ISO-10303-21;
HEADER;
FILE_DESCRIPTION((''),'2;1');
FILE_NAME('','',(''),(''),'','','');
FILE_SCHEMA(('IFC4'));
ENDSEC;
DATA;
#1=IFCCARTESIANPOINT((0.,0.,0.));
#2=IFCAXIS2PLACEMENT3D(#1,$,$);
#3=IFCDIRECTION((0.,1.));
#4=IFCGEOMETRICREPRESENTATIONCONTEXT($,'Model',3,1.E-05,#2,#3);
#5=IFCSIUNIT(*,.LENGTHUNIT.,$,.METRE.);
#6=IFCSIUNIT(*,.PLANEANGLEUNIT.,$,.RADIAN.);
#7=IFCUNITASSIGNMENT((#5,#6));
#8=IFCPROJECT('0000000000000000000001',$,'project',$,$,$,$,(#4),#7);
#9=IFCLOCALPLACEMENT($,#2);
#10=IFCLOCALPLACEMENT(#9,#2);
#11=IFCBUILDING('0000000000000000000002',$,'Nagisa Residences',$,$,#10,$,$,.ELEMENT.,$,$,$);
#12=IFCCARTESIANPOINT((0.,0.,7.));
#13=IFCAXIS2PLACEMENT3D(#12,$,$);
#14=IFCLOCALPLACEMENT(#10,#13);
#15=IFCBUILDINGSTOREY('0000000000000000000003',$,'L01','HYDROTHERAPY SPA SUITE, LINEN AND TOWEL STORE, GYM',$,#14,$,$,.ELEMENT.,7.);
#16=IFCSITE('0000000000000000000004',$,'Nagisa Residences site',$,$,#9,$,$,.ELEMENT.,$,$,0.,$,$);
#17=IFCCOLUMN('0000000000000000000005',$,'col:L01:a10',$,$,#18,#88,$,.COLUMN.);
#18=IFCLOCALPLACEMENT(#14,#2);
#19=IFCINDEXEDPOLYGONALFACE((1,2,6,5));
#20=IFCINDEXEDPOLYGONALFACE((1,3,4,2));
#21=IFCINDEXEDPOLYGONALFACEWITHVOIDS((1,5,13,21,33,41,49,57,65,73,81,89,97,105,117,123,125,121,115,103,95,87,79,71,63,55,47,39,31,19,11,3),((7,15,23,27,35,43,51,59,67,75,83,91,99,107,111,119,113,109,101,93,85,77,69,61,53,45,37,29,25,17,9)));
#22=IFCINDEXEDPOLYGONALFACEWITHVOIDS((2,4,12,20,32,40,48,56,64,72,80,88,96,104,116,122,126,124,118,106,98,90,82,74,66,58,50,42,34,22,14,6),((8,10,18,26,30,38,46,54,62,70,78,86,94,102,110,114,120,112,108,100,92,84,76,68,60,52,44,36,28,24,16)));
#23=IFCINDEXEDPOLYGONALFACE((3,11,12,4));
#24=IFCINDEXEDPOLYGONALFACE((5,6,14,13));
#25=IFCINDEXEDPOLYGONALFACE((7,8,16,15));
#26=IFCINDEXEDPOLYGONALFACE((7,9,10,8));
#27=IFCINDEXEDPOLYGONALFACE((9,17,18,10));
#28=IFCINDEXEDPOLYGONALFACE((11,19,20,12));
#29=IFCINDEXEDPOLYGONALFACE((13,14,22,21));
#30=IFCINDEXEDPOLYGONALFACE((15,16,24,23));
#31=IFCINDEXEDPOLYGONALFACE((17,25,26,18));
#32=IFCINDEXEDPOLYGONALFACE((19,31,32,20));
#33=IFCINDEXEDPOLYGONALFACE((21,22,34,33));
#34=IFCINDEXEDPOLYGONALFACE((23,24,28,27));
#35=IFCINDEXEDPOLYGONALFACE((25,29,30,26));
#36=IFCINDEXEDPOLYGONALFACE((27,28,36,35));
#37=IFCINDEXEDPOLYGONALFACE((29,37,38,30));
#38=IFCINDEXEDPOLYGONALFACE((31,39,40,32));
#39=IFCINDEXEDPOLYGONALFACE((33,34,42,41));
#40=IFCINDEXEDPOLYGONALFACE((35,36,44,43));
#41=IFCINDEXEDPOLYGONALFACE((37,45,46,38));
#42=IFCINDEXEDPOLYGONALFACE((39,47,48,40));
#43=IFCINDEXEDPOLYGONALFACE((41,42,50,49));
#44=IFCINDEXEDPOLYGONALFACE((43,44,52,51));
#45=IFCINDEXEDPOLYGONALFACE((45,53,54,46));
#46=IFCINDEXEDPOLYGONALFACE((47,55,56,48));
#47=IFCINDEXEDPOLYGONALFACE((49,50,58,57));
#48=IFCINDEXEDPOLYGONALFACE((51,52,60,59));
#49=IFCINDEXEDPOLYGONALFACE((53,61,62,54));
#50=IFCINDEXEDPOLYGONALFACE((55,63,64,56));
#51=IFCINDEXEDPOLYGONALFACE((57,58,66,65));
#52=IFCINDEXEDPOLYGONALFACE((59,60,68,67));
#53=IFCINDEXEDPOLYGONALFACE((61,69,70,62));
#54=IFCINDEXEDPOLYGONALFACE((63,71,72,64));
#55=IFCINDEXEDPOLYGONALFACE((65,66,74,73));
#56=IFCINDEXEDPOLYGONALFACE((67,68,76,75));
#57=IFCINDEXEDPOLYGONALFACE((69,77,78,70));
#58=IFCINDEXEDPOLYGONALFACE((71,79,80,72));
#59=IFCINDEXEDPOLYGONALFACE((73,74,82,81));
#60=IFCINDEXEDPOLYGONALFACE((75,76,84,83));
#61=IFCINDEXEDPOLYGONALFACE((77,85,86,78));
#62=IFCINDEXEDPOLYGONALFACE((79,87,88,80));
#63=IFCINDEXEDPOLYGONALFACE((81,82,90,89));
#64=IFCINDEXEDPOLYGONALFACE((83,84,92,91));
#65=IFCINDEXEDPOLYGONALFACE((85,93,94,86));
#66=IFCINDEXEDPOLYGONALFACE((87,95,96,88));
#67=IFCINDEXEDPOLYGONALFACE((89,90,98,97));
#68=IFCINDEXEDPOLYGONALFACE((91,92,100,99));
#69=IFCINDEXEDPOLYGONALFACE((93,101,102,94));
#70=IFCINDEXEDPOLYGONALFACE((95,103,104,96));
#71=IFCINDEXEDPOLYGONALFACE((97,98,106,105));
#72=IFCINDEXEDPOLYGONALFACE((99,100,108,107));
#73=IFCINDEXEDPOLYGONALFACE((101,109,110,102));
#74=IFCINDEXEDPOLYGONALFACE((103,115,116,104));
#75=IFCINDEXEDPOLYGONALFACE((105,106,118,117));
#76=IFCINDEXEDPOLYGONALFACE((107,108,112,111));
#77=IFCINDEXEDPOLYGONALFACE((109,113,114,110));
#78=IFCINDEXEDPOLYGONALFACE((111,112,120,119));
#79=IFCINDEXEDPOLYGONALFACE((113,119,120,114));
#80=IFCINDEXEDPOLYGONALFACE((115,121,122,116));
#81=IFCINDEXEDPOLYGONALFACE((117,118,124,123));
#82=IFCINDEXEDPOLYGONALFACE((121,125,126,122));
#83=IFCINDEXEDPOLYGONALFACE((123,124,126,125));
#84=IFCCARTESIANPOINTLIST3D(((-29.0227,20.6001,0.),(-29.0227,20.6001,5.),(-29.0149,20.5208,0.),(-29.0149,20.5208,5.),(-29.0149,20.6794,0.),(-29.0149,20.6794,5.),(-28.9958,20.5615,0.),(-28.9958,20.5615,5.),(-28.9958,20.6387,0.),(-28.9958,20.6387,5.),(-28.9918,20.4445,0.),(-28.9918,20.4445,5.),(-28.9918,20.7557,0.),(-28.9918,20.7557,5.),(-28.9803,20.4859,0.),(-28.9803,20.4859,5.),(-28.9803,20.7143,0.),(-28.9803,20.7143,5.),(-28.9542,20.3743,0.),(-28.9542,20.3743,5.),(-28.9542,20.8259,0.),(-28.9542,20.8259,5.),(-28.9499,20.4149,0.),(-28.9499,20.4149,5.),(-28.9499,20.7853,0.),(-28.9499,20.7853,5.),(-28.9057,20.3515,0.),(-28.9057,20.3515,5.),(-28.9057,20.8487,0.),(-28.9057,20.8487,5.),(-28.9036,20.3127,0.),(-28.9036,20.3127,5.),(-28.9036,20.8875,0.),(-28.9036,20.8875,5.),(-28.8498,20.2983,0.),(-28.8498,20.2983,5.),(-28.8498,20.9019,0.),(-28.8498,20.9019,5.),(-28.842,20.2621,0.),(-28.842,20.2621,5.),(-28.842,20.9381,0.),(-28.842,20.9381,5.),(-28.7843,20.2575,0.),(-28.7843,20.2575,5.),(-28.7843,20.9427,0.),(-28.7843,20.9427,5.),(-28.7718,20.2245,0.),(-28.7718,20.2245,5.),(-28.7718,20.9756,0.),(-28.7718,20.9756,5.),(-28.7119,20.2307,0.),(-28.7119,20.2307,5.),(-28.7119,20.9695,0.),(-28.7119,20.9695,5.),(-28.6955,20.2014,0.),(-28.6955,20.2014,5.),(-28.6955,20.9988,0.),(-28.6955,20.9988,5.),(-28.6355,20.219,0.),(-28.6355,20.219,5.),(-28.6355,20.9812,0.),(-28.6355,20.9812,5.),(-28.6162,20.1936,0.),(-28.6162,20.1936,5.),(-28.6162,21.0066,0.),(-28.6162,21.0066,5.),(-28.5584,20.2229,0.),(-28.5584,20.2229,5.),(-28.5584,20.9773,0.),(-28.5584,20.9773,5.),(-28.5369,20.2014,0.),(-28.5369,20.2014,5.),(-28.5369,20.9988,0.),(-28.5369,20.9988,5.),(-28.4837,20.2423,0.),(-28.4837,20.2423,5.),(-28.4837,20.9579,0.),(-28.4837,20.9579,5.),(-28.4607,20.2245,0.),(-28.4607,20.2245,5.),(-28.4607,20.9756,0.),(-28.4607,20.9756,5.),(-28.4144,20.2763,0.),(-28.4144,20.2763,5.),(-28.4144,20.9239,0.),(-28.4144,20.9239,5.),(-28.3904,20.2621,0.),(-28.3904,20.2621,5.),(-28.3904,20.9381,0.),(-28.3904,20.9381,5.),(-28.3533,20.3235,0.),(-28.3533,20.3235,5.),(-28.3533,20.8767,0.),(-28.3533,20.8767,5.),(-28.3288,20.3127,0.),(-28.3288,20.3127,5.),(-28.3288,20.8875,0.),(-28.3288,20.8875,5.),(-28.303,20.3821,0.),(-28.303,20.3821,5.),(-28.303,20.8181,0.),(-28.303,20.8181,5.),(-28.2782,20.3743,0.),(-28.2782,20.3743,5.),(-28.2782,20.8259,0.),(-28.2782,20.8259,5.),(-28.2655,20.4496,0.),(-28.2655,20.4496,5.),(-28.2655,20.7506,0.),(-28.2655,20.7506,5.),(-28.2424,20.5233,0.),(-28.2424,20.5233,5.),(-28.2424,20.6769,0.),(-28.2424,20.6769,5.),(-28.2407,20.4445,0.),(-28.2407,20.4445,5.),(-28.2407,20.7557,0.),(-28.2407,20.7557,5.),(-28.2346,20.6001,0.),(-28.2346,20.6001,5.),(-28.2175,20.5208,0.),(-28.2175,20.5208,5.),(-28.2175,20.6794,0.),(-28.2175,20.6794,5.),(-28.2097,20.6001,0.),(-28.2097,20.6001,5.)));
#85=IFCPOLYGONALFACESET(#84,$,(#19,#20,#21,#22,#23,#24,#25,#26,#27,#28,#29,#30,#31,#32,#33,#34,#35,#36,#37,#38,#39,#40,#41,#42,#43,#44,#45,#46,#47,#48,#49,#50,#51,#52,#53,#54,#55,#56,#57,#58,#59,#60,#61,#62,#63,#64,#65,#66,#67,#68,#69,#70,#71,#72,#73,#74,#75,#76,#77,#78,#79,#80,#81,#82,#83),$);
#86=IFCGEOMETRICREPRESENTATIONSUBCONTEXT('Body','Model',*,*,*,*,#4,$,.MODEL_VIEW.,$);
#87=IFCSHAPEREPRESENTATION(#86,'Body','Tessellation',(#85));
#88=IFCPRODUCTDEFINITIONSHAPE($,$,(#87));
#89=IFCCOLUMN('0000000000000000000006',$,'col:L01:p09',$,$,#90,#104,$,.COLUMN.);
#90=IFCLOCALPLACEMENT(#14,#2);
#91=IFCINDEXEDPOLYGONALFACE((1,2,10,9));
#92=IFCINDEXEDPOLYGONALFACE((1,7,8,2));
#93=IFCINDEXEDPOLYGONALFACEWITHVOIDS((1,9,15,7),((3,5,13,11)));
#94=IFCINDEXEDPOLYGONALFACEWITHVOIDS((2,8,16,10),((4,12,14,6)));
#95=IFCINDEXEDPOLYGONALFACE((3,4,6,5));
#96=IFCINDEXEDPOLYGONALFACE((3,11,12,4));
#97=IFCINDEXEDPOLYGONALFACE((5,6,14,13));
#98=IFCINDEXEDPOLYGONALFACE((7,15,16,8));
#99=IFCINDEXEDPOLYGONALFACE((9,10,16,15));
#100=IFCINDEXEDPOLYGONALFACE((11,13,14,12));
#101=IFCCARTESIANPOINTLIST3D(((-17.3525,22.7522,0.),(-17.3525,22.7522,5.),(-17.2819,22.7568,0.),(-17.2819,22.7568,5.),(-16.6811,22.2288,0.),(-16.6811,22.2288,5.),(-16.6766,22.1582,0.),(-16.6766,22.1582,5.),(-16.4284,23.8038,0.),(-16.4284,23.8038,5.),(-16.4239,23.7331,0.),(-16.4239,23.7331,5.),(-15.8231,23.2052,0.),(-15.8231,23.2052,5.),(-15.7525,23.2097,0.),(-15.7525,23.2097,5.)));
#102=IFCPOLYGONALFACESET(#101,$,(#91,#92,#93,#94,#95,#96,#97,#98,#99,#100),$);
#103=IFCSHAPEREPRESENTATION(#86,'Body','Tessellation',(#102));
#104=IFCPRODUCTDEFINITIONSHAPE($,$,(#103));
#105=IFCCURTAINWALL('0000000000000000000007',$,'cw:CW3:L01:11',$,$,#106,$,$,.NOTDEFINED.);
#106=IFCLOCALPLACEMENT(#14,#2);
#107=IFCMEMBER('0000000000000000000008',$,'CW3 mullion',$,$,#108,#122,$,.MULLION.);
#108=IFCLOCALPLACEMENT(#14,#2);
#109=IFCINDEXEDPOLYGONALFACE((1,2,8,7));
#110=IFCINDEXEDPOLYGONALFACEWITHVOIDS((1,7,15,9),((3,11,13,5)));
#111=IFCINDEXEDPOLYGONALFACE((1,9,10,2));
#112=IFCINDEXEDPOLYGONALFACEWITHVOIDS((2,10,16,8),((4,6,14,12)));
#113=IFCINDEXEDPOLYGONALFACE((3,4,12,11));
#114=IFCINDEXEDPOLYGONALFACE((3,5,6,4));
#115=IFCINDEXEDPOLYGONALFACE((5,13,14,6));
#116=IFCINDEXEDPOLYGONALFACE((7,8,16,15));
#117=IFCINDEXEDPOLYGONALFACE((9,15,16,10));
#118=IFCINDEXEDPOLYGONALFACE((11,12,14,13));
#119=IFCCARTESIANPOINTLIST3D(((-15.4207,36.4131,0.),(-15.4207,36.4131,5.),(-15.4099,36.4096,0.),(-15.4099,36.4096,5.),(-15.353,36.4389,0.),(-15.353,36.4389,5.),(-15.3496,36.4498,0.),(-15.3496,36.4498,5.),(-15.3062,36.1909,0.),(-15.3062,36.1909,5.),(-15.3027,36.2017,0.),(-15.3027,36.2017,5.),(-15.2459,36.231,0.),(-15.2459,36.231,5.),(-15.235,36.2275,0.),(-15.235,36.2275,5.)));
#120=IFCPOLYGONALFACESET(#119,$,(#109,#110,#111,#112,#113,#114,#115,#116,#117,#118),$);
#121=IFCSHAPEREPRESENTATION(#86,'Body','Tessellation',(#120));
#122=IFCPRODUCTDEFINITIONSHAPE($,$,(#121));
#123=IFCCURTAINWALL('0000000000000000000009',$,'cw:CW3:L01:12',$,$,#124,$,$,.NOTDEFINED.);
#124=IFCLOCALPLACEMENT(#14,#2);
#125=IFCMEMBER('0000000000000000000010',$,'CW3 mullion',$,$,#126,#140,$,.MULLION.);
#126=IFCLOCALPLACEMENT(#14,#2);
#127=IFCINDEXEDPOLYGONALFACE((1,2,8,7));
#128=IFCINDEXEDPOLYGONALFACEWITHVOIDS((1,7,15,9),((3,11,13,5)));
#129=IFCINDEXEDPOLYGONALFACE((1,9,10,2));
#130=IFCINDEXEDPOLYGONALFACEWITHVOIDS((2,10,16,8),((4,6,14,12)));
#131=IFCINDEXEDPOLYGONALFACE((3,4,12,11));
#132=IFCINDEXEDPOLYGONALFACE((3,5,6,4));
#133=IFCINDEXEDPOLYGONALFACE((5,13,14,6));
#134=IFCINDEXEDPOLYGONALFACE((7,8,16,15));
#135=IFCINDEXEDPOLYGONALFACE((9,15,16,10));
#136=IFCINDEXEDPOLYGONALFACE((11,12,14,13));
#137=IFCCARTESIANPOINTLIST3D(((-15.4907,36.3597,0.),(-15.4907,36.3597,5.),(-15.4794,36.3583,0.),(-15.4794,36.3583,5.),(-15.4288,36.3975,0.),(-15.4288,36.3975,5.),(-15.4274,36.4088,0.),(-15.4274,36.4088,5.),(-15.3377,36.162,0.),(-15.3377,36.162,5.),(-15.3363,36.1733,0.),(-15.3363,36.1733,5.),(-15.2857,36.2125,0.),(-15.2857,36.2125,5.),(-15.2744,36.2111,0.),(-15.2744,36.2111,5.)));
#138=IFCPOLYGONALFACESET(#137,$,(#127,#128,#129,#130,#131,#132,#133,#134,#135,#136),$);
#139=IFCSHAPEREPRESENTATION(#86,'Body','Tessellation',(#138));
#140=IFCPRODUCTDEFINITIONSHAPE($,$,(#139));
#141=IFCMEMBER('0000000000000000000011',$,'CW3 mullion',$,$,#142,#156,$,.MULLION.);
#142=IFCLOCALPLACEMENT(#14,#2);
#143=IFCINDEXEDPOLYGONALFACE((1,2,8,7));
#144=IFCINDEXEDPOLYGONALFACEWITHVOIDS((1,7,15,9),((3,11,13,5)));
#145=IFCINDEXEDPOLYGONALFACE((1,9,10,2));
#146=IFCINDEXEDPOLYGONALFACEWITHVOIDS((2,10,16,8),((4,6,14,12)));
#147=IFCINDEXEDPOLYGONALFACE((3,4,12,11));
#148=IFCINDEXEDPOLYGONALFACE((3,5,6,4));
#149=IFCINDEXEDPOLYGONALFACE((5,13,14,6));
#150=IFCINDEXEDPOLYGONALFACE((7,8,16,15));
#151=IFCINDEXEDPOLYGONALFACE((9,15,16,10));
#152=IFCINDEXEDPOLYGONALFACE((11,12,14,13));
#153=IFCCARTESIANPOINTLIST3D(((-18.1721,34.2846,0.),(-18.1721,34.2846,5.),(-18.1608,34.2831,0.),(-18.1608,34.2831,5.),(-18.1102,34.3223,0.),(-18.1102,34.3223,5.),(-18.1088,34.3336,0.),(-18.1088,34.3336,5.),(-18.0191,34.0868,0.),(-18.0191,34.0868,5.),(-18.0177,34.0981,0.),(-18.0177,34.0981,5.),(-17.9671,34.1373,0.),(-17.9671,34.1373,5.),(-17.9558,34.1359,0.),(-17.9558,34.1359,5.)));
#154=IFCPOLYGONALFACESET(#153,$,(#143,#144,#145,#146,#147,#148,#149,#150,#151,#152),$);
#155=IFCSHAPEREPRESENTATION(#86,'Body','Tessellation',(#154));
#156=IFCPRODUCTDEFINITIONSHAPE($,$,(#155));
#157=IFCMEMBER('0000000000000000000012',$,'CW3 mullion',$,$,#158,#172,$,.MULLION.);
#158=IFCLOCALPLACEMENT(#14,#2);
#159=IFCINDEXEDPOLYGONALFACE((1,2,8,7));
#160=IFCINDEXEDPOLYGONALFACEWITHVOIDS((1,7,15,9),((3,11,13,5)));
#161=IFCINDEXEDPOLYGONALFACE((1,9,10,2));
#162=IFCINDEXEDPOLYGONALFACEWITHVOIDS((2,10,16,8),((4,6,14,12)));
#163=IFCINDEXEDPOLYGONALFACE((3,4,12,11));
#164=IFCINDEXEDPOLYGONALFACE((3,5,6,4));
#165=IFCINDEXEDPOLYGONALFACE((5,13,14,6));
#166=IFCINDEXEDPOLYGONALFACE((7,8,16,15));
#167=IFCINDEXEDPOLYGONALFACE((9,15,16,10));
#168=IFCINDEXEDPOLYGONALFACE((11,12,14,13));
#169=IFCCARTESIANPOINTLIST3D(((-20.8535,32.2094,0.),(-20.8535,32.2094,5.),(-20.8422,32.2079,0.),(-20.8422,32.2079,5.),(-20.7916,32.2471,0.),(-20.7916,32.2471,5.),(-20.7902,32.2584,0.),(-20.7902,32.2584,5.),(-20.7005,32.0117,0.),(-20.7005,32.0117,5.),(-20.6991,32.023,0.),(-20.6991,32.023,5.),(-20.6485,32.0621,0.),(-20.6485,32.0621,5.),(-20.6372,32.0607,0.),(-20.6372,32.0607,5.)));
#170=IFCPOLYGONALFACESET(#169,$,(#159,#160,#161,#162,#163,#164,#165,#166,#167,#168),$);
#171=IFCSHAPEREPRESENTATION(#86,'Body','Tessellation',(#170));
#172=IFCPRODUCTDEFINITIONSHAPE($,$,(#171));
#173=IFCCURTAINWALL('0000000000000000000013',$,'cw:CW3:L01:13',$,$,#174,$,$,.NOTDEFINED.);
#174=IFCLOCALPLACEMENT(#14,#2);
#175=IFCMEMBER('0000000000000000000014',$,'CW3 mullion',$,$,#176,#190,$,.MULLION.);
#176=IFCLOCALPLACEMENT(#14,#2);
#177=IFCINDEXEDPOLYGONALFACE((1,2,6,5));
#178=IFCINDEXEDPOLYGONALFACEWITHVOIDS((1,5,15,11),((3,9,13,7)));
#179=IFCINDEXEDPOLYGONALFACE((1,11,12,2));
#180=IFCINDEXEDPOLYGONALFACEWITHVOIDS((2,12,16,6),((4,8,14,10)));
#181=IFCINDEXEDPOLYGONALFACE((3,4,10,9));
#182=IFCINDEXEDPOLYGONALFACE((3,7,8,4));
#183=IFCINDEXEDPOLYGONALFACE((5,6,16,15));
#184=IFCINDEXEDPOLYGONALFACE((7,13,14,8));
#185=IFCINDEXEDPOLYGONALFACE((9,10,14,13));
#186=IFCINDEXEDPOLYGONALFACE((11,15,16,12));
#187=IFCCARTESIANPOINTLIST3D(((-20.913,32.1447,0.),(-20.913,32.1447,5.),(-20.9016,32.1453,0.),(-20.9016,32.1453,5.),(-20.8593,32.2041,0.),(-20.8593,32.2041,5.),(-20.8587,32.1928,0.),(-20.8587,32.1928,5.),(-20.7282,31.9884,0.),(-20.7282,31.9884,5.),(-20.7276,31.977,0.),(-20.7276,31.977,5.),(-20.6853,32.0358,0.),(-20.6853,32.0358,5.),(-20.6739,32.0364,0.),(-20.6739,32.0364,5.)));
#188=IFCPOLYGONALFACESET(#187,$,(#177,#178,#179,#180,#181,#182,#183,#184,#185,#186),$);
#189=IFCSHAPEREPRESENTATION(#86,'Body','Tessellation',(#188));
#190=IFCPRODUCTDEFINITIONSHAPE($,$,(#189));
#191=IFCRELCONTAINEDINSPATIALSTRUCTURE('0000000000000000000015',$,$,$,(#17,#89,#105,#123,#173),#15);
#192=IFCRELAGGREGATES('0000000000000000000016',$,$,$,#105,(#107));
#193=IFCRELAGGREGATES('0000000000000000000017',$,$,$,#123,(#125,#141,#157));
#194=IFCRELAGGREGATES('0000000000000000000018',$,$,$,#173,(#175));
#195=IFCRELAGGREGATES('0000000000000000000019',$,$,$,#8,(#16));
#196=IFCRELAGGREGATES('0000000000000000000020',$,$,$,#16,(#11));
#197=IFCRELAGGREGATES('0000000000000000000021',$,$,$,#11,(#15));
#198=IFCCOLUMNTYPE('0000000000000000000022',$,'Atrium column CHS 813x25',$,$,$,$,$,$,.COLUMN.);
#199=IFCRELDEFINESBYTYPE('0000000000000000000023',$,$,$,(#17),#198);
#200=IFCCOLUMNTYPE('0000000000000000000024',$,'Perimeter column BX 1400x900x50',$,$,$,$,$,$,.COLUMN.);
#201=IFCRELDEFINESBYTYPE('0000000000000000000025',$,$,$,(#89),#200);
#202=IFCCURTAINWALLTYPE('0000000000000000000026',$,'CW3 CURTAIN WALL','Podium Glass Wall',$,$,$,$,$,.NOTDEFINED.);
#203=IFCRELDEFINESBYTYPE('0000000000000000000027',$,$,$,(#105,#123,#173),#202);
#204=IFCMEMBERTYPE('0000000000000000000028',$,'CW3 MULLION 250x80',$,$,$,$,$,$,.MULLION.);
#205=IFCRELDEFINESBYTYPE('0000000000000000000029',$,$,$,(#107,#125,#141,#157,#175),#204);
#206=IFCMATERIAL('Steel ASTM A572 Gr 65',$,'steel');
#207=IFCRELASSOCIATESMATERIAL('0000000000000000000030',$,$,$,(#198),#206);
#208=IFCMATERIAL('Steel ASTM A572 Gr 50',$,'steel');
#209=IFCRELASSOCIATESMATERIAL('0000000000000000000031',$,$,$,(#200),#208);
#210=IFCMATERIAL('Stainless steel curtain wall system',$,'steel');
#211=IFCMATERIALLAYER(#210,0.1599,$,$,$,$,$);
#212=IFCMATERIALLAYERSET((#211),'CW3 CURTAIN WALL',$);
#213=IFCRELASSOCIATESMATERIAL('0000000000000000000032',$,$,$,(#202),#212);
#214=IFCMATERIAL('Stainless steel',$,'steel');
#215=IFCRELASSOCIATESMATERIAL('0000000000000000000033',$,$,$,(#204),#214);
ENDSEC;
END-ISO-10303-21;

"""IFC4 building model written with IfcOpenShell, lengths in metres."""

from ifc_helpers import new_model, si_unit, direction, frame, origin, origin_2d, place, context, subcontext, project, spatial, hollow_rectangle, hollow_circle, extrude, material, layer, layer_set, material_profile, profile_set, type_object, element, aggregate, save


model = new_model("IFC4")

# Units and contexts
model_context = context("Model", 3, precision=1e-05, world=origin(), true_north=direction((0.0, 1.0)))
body_context = subcontext(model_context, "Body", "Model", "MODEL_VIEW")
ifc_project = project(units=[si_unit("LENGTHUNIT", "METRE"), si_unit("PLANEANGLEUNIT", "RADIAN")], contexts=[model_context])

# Site, building, storey
site_placement = place(None, origin())
site = spatial("IfcSite", under=ifc_project, at=site_placement, Name="Nagisa Residences site", CompositionType="ELEMENT", RefElevation=0.0)
building_placement = place(site_placement, origin())
building = spatial("IfcBuilding", under=site, at=building_placement, Name="Nagisa Residences", CompositionType="ELEMENT")
storey_placement = place(building_placement, frame((0.0, 0.0, 7.0)))
storey = spatial("IfcBuildingStorey", under=building, at=storey_placement, Name="L01", Description="HYDROTHERAPY SPA SUITE, LINEN AND TOWEL STORE, GYM", CompositionType="ELEMENT", Elevation=7.0)

# Columns
ifc_material_1 = material(Name="Steel ASTM A572 Gr 65", Category="steel")
ifc_material_profile_1 = material_profile(ifc_material_1, hollow_circle(Radius=0.4065, WallThickness=0.0249, at=origin_2d()), Name="CHS 813x25")
ifc_profile_set_1 = profile_set([ifc_material_profile_1], Name="Steel ASTM A572 Gr 65")
column_type_1 = type_object("IfcColumnType", Name="Atrium column CHS 813x25", PredefinedType="COLUMN", material=ifc_profile_set_1)
for number, where, z_axis, x_axis, name in (
    (1, (-28.6162, 20.6001, 0.0), (0.0, 0.0, 1.0), (1.0, 0.0, 0.0), "col:L01:a10"),
):
    element("IfcColumn", number, at=place(storey_placement, frame(where, z_axis=z_axis, x_axis=x_axis)), inside=storey, type_object=column_type_1, Name=name, PredefinedType="COLUMN", context=body_context, shape_type="SweptSolid", body=[
        extrude(hollow_circle(Radius=0.4065, WallThickness=0.0249, at=origin_2d()), origin(), (0.0, 0.0, 1.0), 5.0),
    ])
ifc_material_2 = material(Name="Steel ASTM A572 Gr 50", Category="steel")
ifc_material_profile_2 = material_profile(ifc_material_2, hollow_rectangle(XDim=1.3999, YDim=0.8999, WallThickness=0.05, at=origin_2d()), Name="BX 1400x900x50")
ifc_profile_set_2 = profile_set([ifc_material_profile_2], Name="Steel ASTM A572 Gr 50")
column_type_2 = type_object("IfcColumnType", Name="Perimeter column BX 1400x900x50", PredefinedType="COLUMN", material=ifc_profile_set_2)
column_placement = place(storey_placement, frame((-16.5525, 22.981, 0.0), z_axis=(0.0, 0.0, 1.0), x_axis=(-0.660115, -0.751165, 0.0)))
element("IfcColumn", 2, at=column_placement, inside=storey, type_object=column_type_2, Name="col:L01:p09", PredefinedType="COLUMN", context=body_context, shape_type="SweptSolid", body=[
    extrude(hollow_rectangle(XDim=1.3999, YDim=0.8999, WallThickness=0.05, at=origin_2d()), origin(), (0.0, 0.0, 1.0), 5.0),
])

# Curtain wall, member
ifc_material_3 = material(Name="Stainless steel curtain wall system", Category="steel")
ifc_layer_1 = layer(ifc_material_3, 0.1599)
ifc_layer_set_1 = layer_set([ifc_layer_1], Name="CW3 CURTAIN WALL")
curtain_wall_type_1 = type_object("IfcCurtainWallType", Name="CW3 CURTAIN WALL", Description="Podium Glass Wall", PredefinedType="NOTDEFINED", material=ifc_layer_set_1)
curtain_wall_1_placement = place(storey_placement, origin())
curtain_wall_1 = element("IfcCurtainWall", 3, at=curtain_wall_1_placement, inside=storey, type_object=curtain_wall_type_1, Name="cw:CW3:L01:11", PredefinedType="NOTDEFINED")
ifc_material_4 = material(Name="Stainless steel", Category="steel")
ifc_material_profile_3 = material_profile(ifc_material_4, hollow_rectangle(XDim=0.25, YDim=0.0801, WallThickness=0.0081, at=origin_2d()), Name="CW3 MULLION 250x80")
ifc_profile_set_3 = profile_set([ifc_material_profile_3], Name="Stainless steel")
member_type_1 = type_object("IfcMemberType", Name="CW3 MULLION 250x80", PredefinedType="MULLION", material=ifc_profile_set_3)
member_1_placement = place(storey_placement, frame((-15.3279, 36.3203, 0.0), z_axis=(0.0, 0.0, 1.0), x_axis=(0.458126, -0.888887, 0.0)))
member_1 = element("IfcMember", 4, at=member_1_placement, type_object=member_type_1, Name="CW3 mullion", PredefinedType="MULLION", context=body_context, shape_type="SweptSolid", body=[
    extrude(hollow_rectangle(XDim=0.25, YDim=0.0801, WallThickness=0.0081, at=origin_2d()), origin(), (0.0, 0.0, 1.0), 5.0),
])
aggregate(curtain_wall_1, [member_1])

# Curtain walls, members
curtain_wall_2_placement = place(storey_placement, origin())
curtain_wall_2 = element("IfcCurtainWall", 5, at=curtain_wall_2_placement, inside=storey, type_object=curtain_wall_type_1, Name="cw:CW3:L01:12", PredefinedType="NOTDEFINED")
member_2_placement = place(storey_placement, frame((-15.3826, 36.2854, 0.0), z_axis=(0.0, 0.0, 1.0), x_axis=(0.612035, -0.790831, 0.0)))
member_2 = element("IfcMember", 6, at=member_2_placement, type_object=member_type_1, Name="CW3 mullion", PredefinedType="MULLION", context=body_context, shape_type="SweptSolid", body=[
    extrude(hollow_rectangle(XDim=0.25, YDim=0.0801, WallThickness=0.0081, at=origin_2d()), origin(), (0.0, 0.0, 1.0), 5.0),
])
member_3_placement = place(storey_placement, frame((-18.064, 34.2102, 0.0), z_axis=(0.0, 0.0, 1.0), x_axis=(0.612035, -0.790831, 0.0)))
member_3 = element("IfcMember", 7, at=member_3_placement, type_object=member_type_1, Name="CW3 mullion", PredefinedType="MULLION", context=body_context, shape_type="SweptSolid", body=[
    extrude(hollow_rectangle(XDim=0.25, YDim=0.0801, WallThickness=0.0081, at=origin_2d()), origin(), (0.0, 0.0, 1.0), 5.0),
])
member_4_placement = place(storey_placement, frame((-20.7454, 32.135, 0.0), z_axis=(0.0, 0.0, 1.0), x_axis=(0.612035, -0.790831, 0.0)))
member_4 = element("IfcMember", 8, at=member_4_placement, type_object=member_type_1, Name="CW3 mullion", PredefinedType="MULLION", context=body_context, shape_type="SweptSolid", body=[
    extrude(hollow_rectangle(XDim=0.25, YDim=0.0801, WallThickness=0.0081, at=origin_2d()), origin(), (0.0, 0.0, 1.0), 5.0),
])
curtain_wall_3_placement = place(storey_placement, origin())
curtain_wall_3 = element("IfcCurtainWall", 9, at=curtain_wall_3_placement, inside=storey, type_object=curtain_wall_type_1, Name="cw:CW3:L01:13", PredefinedType="NOTDEFINED")
member_5_placement = place(storey_placement, frame((-20.7935, 32.0906, 0.0), z_axis=(0.0, 0.0, 1.0), x_axis=(0.741536, -0.670913, 0.0)))
member_5 = element("IfcMember", 10, at=member_5_placement, type_object=member_type_1, Name="CW3 mullion", PredefinedType="MULLION", context=body_context, shape_type="SweptSolid", body=[
    extrude(hollow_rectangle(XDim=0.25, YDim=0.0801, WallThickness=0.0081, at=origin_2d()), origin(), (0.0, 0.0, 1.0), 5.0),
])

aggregate(curtain_wall_2, [member_2, member_3, member_4])
aggregate(curtain_wall_3, [member_5])

save(model, "model.ifc")
